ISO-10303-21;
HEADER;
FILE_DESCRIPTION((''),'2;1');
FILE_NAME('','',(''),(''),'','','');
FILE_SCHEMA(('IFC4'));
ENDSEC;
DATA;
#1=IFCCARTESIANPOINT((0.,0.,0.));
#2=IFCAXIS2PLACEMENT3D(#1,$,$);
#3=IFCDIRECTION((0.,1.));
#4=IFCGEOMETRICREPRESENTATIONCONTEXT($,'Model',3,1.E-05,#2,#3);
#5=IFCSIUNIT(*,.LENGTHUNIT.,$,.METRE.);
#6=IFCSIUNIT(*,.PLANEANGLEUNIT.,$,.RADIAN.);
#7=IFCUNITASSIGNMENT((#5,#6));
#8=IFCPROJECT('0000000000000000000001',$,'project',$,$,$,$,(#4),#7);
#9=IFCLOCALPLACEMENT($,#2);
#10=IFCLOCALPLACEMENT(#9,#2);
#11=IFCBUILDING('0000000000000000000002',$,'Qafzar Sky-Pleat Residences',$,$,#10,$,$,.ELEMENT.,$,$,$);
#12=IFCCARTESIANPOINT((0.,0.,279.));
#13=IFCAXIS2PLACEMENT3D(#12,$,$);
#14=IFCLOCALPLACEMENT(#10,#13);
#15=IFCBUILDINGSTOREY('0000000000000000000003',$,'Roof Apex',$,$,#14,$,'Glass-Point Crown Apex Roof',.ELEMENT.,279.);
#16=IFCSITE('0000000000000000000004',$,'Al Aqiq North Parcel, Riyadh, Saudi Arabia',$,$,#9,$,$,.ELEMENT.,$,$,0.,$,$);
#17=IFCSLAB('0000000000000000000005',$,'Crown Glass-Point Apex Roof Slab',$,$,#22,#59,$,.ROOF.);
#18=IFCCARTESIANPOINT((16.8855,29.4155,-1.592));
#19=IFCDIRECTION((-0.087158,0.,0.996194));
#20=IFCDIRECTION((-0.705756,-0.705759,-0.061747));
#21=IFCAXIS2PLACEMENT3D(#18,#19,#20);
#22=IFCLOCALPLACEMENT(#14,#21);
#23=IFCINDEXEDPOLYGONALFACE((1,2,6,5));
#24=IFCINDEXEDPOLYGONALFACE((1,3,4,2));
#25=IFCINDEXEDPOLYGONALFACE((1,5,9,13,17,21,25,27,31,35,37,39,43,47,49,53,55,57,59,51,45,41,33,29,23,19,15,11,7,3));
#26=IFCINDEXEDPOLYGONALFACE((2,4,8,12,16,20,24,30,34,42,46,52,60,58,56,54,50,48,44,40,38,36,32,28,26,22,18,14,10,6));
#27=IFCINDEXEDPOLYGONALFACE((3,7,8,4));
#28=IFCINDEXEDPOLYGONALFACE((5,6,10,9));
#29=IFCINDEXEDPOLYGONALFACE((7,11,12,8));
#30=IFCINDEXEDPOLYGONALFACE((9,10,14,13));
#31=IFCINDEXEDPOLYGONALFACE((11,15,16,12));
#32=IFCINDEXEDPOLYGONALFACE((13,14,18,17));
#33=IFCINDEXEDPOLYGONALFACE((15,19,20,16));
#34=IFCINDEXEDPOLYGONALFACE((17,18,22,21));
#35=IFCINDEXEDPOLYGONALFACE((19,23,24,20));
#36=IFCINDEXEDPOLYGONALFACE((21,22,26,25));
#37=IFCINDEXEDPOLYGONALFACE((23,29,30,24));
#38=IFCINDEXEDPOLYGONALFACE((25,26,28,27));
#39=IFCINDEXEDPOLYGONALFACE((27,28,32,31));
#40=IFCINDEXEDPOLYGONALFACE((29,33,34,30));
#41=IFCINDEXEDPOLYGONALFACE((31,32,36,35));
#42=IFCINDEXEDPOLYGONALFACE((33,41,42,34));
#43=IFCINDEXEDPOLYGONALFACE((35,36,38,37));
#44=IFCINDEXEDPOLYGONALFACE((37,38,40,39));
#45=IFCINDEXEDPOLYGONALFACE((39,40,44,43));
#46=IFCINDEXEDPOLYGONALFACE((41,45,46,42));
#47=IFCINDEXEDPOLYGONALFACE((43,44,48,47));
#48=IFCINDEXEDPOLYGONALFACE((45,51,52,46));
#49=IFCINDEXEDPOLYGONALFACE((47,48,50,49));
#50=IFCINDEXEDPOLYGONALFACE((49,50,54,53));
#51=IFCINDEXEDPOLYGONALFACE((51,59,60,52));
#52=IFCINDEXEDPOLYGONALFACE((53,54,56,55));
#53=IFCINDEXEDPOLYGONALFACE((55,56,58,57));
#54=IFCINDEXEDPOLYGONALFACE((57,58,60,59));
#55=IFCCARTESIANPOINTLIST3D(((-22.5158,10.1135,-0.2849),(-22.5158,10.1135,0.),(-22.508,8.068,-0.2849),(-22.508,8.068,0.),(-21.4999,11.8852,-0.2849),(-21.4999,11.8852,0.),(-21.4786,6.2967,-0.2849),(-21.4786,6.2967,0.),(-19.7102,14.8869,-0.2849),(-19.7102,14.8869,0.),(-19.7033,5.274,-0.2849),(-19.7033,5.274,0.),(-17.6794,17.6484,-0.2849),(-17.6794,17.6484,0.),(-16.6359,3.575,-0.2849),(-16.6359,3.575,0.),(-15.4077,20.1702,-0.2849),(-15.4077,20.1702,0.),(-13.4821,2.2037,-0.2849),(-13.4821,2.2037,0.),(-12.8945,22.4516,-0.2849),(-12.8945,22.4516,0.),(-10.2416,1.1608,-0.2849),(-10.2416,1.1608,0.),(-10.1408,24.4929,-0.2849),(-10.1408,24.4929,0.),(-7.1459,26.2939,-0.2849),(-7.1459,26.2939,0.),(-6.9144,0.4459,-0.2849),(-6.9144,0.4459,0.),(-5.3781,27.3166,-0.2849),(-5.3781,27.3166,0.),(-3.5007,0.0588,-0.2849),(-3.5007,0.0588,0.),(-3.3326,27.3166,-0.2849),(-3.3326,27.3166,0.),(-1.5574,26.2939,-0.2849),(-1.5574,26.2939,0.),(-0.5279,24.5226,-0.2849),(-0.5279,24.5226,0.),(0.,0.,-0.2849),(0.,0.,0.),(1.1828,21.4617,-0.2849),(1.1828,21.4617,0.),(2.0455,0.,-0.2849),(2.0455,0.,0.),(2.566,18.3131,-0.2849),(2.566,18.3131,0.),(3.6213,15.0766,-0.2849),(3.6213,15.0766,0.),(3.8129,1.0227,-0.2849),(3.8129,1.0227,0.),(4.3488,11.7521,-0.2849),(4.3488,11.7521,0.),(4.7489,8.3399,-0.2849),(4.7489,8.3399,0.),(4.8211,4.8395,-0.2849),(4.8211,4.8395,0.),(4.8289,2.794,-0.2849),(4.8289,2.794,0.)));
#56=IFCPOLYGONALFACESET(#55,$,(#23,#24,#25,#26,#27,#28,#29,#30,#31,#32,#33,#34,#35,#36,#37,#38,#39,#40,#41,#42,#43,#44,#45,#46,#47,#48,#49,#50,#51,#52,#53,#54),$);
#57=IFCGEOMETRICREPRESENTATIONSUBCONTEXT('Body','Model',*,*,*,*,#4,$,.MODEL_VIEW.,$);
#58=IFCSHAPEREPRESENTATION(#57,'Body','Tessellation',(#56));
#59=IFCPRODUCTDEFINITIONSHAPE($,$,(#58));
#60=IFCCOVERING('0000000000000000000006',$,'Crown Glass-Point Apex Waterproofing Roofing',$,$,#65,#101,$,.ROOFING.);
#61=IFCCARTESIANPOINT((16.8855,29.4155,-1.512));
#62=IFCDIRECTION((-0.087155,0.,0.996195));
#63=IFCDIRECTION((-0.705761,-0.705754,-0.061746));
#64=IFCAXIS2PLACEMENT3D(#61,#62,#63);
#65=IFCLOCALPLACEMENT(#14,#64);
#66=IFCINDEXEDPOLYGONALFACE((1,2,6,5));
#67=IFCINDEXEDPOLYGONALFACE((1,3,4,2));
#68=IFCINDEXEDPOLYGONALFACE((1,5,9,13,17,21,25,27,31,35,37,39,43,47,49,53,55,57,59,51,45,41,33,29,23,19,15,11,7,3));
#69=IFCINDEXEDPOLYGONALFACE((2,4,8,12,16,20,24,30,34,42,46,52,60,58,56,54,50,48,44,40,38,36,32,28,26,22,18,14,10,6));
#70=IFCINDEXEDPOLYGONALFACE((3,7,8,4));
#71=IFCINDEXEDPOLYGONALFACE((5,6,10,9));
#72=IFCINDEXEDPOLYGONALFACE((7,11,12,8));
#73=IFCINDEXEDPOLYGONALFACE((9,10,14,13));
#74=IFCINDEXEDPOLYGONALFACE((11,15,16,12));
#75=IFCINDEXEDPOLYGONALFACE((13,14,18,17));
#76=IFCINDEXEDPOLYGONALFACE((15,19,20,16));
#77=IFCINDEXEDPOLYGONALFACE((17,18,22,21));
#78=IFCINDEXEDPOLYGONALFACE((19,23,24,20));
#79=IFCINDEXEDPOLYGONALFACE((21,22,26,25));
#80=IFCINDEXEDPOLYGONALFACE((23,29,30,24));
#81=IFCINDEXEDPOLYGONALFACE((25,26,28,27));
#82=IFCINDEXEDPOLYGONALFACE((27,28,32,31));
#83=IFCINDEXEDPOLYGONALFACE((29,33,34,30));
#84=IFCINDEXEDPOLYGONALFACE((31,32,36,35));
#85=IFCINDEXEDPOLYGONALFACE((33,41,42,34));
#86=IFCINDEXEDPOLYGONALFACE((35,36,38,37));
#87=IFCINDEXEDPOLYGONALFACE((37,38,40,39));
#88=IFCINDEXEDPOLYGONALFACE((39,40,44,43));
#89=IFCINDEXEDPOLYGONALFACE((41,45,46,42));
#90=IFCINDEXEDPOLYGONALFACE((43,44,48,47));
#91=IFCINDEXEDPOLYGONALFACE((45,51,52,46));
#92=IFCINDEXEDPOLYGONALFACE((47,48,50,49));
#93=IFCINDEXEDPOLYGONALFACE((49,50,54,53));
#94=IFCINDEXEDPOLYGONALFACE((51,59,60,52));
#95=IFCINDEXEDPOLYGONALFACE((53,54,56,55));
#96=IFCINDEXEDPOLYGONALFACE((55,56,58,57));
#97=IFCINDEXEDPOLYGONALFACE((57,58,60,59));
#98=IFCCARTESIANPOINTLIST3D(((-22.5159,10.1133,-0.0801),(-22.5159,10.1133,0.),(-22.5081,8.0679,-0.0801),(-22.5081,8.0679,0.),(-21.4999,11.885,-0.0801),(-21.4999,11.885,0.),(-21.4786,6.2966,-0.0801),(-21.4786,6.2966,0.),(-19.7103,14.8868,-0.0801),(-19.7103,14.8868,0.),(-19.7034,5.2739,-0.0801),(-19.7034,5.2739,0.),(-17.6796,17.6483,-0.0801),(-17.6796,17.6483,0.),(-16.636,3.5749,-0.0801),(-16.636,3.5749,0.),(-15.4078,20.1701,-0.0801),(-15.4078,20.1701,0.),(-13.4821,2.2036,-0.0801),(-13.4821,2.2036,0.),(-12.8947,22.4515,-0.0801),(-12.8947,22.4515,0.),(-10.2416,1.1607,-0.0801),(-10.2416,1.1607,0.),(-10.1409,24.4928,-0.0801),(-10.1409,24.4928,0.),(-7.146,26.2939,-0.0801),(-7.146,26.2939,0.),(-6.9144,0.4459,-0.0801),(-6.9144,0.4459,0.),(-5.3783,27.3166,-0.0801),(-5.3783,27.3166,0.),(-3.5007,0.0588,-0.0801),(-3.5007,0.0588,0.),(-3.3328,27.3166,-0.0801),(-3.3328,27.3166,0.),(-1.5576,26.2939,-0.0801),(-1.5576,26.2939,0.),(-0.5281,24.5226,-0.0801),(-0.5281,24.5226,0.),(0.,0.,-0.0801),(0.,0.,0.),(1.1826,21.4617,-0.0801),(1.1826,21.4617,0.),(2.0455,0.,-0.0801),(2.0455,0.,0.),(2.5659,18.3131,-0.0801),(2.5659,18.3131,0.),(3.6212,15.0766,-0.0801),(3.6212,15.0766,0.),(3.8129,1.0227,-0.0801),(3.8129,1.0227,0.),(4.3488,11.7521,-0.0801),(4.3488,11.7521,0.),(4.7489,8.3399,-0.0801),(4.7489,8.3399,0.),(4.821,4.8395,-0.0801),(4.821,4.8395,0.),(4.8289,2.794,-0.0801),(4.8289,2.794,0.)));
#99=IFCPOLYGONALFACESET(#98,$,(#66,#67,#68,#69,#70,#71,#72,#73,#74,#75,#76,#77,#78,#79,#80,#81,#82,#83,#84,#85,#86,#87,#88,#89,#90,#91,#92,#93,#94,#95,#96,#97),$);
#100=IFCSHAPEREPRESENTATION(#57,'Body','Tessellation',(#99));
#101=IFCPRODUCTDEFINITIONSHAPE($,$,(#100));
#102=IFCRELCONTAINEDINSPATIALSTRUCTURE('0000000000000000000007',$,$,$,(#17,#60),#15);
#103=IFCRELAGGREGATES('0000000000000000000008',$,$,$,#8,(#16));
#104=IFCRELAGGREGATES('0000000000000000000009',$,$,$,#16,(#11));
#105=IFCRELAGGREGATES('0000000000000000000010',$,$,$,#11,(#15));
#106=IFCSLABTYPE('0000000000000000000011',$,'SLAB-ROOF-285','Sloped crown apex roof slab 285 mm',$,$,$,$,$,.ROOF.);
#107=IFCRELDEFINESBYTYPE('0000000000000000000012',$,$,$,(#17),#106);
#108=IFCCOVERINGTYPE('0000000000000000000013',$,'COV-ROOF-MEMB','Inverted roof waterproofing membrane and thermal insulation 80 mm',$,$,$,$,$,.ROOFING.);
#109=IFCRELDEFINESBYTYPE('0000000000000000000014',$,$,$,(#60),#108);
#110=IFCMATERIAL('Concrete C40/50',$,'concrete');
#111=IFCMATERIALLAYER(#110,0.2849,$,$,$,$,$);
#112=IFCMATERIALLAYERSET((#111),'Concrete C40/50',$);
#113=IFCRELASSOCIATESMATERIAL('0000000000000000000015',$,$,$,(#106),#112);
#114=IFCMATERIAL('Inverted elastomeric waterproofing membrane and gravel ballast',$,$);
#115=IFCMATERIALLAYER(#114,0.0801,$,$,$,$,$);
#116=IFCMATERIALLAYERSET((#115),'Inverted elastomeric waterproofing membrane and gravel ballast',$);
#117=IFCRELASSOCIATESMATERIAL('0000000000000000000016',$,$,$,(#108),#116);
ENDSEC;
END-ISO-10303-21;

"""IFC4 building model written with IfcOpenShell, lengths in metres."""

from ifc_helpers import new_model, si_unit, direction, frame, origin, place, context, subcontext, project, spatial, polyline, outline, extrude, material, layer, layer_set, type_object, element, save


model = new_model("IFC4")

# Units and contexts
model_context = context("Model", 3, precision=1e-05, world=origin(), true_north=direction((0.0, 1.0)))
body_context = subcontext(model_context, "Body", "Model", "MODEL_VIEW")
ifc_project = project(units=[si_unit("LENGTHUNIT", "METRE"), si_unit("PLANEANGLEUNIT", "RADIAN")], contexts=[model_context])

# Site, building, storey
site_placement = place(None, origin())
site = spatial("IfcSite", under=ifc_project, at=site_placement, Name="Al Aqiq North Parcel, Riyadh, Saudi Arabia", CompositionType="ELEMENT", RefElevation=0.0)
building_placement = place(site_placement, origin())
building = spatial("IfcBuilding", under=site, at=building_placement, Name="Qafzar Sky-Pleat Residences", CompositionType="ELEMENT")
storey_placement = place(building_placement, frame((0.0, 0.0, 279.0)))
storey = spatial("IfcBuildingStorey", under=building, at=storey_placement, Name="Roof Apex", LongName="Glass-Point Crown Apex Roof", CompositionType="ELEMENT", Elevation=279.0)

# Slab
ifc_material_1 = material(Name="Concrete C40/50", Category="concrete")
ifc_layer_1 = layer(ifc_material_1, 0.2849)
ifc_layer_set_1 = layer_set([ifc_layer_1], Name="Concrete C40/50")
slab_type = type_object("IfcSlabType", Name="SLAB-ROOF-285", Description="Sloped crown apex roof slab 285 mm", PredefinedType="ROOF", material=ifc_layer_set_1)
slab_placement = place(storey_placement, frame((16.8855, 29.4155, -1.592), z_axis=(-0.087158, 0.0, 0.996194), x_axis=(-0.705756, -0.705759, -0.061747)))
element("IfcSlab", 1, at=slab_placement, inside=storey, type_object=slab_type, Name="Crown Glass-Point Apex Roof Slab", PredefinedType="ROOF", context=body_context, shape_type="SweptSolid", body=[
    extrude(outline(polyline([(0.0, 0.0), (2.0455, 0.0), (3.8129, 1.0227), (4.8289, 2.794), (4.8211, 4.8395), (4.7489, 8.3399), (4.3488, 11.7521), (3.6213, 15.0766), (2.566, 18.3131), (1.1828, 21.4617), (-0.5279, 24.5226), (-1.5574, 26.2939), (-3.3326, 27.3166), (-5.3781, 27.3166), (-7.1459, 26.2939), (-10.1408, 24.4929), (-12.8945, 22.4516), (-15.4077, 20.1702), (-17.6794, 17.6484), (-19.7102, 14.8869), (-21.4999, 11.8852), (-22.5158, 10.1135), (-22.508, 8.068), (-21.4786, 6.2967), (-19.7033, 5.274), (-16.6359, 3.575), (-13.4821, 2.2037), (-10.2416, 1.1608), (-6.9144, 0.4459), (-3.5007, 0.0588), (0.0, 0.0)])), origin(), (0.0, 0.0, -1.0), 0.2849),
])

# Covering
ifc_material_2 = material(Name="Inverted elastomeric waterproofing membrane and gravel ballast")
ifc_layer_2 = layer(ifc_material_2, 0.0801)
ifc_layer_set_2 = layer_set([ifc_layer_2], Name="Inverted elastomeric waterproofing membrane and gravel ballast")
covering_type = type_object("IfcCoveringType", Name="COV-ROOF-MEMB", Description="Inverted roof waterproofing membrane and thermal insulation 80 mm", PredefinedType="ROOFING", material=ifc_layer_set_2)
covering_placement = place(storey_placement, frame((16.8855, 29.4155, -1.512), z_axis=(-0.087155, 0.0, 0.996195), x_axis=(-0.705761, -0.705754, -0.061746)))
element("IfcCovering", 2, at=covering_placement, inside=storey, type_object=covering_type, Name="Crown Glass-Point Apex Waterproofing Roofing", PredefinedType="ROOFING", context=body_context, shape_type="SweptSolid", body=[
    extrude(outline(polyline([(0.0, 0.0), (2.0455, 0.0), (3.8129, 1.0227), (4.8289, 2.794), (4.821, 4.8395), (4.7489, 8.3399), (4.3488, 11.7521), (3.6212, 15.0766), (2.5659, 18.3131), (1.1826, 21.4617), (-0.5281, 24.5226), (-1.5576, 26.2939), (-3.3328, 27.3166), (-5.3783, 27.3166), (-7.146, 26.2939), (-10.1409, 24.4928), (-12.8947, 22.4515), (-15.4078, 20.1701), (-17.6796, 17.6483), (-19.7103, 14.8868), (-21.4999, 11.885), (-22.5159, 10.1133), (-22.5081, 8.0679), (-21.4786, 6.2966), (-19.7034, 5.2739), (-16.636, 3.5749), (-13.4821, 2.2036), (-10.2416, 1.1607), (-6.9144, 0.4459), (-3.5007, 0.0588), (0.0, 0.0)])), origin(), (0.0, 0.0, -1.0), 0.0801),
])

save(model, "model.ifc")
